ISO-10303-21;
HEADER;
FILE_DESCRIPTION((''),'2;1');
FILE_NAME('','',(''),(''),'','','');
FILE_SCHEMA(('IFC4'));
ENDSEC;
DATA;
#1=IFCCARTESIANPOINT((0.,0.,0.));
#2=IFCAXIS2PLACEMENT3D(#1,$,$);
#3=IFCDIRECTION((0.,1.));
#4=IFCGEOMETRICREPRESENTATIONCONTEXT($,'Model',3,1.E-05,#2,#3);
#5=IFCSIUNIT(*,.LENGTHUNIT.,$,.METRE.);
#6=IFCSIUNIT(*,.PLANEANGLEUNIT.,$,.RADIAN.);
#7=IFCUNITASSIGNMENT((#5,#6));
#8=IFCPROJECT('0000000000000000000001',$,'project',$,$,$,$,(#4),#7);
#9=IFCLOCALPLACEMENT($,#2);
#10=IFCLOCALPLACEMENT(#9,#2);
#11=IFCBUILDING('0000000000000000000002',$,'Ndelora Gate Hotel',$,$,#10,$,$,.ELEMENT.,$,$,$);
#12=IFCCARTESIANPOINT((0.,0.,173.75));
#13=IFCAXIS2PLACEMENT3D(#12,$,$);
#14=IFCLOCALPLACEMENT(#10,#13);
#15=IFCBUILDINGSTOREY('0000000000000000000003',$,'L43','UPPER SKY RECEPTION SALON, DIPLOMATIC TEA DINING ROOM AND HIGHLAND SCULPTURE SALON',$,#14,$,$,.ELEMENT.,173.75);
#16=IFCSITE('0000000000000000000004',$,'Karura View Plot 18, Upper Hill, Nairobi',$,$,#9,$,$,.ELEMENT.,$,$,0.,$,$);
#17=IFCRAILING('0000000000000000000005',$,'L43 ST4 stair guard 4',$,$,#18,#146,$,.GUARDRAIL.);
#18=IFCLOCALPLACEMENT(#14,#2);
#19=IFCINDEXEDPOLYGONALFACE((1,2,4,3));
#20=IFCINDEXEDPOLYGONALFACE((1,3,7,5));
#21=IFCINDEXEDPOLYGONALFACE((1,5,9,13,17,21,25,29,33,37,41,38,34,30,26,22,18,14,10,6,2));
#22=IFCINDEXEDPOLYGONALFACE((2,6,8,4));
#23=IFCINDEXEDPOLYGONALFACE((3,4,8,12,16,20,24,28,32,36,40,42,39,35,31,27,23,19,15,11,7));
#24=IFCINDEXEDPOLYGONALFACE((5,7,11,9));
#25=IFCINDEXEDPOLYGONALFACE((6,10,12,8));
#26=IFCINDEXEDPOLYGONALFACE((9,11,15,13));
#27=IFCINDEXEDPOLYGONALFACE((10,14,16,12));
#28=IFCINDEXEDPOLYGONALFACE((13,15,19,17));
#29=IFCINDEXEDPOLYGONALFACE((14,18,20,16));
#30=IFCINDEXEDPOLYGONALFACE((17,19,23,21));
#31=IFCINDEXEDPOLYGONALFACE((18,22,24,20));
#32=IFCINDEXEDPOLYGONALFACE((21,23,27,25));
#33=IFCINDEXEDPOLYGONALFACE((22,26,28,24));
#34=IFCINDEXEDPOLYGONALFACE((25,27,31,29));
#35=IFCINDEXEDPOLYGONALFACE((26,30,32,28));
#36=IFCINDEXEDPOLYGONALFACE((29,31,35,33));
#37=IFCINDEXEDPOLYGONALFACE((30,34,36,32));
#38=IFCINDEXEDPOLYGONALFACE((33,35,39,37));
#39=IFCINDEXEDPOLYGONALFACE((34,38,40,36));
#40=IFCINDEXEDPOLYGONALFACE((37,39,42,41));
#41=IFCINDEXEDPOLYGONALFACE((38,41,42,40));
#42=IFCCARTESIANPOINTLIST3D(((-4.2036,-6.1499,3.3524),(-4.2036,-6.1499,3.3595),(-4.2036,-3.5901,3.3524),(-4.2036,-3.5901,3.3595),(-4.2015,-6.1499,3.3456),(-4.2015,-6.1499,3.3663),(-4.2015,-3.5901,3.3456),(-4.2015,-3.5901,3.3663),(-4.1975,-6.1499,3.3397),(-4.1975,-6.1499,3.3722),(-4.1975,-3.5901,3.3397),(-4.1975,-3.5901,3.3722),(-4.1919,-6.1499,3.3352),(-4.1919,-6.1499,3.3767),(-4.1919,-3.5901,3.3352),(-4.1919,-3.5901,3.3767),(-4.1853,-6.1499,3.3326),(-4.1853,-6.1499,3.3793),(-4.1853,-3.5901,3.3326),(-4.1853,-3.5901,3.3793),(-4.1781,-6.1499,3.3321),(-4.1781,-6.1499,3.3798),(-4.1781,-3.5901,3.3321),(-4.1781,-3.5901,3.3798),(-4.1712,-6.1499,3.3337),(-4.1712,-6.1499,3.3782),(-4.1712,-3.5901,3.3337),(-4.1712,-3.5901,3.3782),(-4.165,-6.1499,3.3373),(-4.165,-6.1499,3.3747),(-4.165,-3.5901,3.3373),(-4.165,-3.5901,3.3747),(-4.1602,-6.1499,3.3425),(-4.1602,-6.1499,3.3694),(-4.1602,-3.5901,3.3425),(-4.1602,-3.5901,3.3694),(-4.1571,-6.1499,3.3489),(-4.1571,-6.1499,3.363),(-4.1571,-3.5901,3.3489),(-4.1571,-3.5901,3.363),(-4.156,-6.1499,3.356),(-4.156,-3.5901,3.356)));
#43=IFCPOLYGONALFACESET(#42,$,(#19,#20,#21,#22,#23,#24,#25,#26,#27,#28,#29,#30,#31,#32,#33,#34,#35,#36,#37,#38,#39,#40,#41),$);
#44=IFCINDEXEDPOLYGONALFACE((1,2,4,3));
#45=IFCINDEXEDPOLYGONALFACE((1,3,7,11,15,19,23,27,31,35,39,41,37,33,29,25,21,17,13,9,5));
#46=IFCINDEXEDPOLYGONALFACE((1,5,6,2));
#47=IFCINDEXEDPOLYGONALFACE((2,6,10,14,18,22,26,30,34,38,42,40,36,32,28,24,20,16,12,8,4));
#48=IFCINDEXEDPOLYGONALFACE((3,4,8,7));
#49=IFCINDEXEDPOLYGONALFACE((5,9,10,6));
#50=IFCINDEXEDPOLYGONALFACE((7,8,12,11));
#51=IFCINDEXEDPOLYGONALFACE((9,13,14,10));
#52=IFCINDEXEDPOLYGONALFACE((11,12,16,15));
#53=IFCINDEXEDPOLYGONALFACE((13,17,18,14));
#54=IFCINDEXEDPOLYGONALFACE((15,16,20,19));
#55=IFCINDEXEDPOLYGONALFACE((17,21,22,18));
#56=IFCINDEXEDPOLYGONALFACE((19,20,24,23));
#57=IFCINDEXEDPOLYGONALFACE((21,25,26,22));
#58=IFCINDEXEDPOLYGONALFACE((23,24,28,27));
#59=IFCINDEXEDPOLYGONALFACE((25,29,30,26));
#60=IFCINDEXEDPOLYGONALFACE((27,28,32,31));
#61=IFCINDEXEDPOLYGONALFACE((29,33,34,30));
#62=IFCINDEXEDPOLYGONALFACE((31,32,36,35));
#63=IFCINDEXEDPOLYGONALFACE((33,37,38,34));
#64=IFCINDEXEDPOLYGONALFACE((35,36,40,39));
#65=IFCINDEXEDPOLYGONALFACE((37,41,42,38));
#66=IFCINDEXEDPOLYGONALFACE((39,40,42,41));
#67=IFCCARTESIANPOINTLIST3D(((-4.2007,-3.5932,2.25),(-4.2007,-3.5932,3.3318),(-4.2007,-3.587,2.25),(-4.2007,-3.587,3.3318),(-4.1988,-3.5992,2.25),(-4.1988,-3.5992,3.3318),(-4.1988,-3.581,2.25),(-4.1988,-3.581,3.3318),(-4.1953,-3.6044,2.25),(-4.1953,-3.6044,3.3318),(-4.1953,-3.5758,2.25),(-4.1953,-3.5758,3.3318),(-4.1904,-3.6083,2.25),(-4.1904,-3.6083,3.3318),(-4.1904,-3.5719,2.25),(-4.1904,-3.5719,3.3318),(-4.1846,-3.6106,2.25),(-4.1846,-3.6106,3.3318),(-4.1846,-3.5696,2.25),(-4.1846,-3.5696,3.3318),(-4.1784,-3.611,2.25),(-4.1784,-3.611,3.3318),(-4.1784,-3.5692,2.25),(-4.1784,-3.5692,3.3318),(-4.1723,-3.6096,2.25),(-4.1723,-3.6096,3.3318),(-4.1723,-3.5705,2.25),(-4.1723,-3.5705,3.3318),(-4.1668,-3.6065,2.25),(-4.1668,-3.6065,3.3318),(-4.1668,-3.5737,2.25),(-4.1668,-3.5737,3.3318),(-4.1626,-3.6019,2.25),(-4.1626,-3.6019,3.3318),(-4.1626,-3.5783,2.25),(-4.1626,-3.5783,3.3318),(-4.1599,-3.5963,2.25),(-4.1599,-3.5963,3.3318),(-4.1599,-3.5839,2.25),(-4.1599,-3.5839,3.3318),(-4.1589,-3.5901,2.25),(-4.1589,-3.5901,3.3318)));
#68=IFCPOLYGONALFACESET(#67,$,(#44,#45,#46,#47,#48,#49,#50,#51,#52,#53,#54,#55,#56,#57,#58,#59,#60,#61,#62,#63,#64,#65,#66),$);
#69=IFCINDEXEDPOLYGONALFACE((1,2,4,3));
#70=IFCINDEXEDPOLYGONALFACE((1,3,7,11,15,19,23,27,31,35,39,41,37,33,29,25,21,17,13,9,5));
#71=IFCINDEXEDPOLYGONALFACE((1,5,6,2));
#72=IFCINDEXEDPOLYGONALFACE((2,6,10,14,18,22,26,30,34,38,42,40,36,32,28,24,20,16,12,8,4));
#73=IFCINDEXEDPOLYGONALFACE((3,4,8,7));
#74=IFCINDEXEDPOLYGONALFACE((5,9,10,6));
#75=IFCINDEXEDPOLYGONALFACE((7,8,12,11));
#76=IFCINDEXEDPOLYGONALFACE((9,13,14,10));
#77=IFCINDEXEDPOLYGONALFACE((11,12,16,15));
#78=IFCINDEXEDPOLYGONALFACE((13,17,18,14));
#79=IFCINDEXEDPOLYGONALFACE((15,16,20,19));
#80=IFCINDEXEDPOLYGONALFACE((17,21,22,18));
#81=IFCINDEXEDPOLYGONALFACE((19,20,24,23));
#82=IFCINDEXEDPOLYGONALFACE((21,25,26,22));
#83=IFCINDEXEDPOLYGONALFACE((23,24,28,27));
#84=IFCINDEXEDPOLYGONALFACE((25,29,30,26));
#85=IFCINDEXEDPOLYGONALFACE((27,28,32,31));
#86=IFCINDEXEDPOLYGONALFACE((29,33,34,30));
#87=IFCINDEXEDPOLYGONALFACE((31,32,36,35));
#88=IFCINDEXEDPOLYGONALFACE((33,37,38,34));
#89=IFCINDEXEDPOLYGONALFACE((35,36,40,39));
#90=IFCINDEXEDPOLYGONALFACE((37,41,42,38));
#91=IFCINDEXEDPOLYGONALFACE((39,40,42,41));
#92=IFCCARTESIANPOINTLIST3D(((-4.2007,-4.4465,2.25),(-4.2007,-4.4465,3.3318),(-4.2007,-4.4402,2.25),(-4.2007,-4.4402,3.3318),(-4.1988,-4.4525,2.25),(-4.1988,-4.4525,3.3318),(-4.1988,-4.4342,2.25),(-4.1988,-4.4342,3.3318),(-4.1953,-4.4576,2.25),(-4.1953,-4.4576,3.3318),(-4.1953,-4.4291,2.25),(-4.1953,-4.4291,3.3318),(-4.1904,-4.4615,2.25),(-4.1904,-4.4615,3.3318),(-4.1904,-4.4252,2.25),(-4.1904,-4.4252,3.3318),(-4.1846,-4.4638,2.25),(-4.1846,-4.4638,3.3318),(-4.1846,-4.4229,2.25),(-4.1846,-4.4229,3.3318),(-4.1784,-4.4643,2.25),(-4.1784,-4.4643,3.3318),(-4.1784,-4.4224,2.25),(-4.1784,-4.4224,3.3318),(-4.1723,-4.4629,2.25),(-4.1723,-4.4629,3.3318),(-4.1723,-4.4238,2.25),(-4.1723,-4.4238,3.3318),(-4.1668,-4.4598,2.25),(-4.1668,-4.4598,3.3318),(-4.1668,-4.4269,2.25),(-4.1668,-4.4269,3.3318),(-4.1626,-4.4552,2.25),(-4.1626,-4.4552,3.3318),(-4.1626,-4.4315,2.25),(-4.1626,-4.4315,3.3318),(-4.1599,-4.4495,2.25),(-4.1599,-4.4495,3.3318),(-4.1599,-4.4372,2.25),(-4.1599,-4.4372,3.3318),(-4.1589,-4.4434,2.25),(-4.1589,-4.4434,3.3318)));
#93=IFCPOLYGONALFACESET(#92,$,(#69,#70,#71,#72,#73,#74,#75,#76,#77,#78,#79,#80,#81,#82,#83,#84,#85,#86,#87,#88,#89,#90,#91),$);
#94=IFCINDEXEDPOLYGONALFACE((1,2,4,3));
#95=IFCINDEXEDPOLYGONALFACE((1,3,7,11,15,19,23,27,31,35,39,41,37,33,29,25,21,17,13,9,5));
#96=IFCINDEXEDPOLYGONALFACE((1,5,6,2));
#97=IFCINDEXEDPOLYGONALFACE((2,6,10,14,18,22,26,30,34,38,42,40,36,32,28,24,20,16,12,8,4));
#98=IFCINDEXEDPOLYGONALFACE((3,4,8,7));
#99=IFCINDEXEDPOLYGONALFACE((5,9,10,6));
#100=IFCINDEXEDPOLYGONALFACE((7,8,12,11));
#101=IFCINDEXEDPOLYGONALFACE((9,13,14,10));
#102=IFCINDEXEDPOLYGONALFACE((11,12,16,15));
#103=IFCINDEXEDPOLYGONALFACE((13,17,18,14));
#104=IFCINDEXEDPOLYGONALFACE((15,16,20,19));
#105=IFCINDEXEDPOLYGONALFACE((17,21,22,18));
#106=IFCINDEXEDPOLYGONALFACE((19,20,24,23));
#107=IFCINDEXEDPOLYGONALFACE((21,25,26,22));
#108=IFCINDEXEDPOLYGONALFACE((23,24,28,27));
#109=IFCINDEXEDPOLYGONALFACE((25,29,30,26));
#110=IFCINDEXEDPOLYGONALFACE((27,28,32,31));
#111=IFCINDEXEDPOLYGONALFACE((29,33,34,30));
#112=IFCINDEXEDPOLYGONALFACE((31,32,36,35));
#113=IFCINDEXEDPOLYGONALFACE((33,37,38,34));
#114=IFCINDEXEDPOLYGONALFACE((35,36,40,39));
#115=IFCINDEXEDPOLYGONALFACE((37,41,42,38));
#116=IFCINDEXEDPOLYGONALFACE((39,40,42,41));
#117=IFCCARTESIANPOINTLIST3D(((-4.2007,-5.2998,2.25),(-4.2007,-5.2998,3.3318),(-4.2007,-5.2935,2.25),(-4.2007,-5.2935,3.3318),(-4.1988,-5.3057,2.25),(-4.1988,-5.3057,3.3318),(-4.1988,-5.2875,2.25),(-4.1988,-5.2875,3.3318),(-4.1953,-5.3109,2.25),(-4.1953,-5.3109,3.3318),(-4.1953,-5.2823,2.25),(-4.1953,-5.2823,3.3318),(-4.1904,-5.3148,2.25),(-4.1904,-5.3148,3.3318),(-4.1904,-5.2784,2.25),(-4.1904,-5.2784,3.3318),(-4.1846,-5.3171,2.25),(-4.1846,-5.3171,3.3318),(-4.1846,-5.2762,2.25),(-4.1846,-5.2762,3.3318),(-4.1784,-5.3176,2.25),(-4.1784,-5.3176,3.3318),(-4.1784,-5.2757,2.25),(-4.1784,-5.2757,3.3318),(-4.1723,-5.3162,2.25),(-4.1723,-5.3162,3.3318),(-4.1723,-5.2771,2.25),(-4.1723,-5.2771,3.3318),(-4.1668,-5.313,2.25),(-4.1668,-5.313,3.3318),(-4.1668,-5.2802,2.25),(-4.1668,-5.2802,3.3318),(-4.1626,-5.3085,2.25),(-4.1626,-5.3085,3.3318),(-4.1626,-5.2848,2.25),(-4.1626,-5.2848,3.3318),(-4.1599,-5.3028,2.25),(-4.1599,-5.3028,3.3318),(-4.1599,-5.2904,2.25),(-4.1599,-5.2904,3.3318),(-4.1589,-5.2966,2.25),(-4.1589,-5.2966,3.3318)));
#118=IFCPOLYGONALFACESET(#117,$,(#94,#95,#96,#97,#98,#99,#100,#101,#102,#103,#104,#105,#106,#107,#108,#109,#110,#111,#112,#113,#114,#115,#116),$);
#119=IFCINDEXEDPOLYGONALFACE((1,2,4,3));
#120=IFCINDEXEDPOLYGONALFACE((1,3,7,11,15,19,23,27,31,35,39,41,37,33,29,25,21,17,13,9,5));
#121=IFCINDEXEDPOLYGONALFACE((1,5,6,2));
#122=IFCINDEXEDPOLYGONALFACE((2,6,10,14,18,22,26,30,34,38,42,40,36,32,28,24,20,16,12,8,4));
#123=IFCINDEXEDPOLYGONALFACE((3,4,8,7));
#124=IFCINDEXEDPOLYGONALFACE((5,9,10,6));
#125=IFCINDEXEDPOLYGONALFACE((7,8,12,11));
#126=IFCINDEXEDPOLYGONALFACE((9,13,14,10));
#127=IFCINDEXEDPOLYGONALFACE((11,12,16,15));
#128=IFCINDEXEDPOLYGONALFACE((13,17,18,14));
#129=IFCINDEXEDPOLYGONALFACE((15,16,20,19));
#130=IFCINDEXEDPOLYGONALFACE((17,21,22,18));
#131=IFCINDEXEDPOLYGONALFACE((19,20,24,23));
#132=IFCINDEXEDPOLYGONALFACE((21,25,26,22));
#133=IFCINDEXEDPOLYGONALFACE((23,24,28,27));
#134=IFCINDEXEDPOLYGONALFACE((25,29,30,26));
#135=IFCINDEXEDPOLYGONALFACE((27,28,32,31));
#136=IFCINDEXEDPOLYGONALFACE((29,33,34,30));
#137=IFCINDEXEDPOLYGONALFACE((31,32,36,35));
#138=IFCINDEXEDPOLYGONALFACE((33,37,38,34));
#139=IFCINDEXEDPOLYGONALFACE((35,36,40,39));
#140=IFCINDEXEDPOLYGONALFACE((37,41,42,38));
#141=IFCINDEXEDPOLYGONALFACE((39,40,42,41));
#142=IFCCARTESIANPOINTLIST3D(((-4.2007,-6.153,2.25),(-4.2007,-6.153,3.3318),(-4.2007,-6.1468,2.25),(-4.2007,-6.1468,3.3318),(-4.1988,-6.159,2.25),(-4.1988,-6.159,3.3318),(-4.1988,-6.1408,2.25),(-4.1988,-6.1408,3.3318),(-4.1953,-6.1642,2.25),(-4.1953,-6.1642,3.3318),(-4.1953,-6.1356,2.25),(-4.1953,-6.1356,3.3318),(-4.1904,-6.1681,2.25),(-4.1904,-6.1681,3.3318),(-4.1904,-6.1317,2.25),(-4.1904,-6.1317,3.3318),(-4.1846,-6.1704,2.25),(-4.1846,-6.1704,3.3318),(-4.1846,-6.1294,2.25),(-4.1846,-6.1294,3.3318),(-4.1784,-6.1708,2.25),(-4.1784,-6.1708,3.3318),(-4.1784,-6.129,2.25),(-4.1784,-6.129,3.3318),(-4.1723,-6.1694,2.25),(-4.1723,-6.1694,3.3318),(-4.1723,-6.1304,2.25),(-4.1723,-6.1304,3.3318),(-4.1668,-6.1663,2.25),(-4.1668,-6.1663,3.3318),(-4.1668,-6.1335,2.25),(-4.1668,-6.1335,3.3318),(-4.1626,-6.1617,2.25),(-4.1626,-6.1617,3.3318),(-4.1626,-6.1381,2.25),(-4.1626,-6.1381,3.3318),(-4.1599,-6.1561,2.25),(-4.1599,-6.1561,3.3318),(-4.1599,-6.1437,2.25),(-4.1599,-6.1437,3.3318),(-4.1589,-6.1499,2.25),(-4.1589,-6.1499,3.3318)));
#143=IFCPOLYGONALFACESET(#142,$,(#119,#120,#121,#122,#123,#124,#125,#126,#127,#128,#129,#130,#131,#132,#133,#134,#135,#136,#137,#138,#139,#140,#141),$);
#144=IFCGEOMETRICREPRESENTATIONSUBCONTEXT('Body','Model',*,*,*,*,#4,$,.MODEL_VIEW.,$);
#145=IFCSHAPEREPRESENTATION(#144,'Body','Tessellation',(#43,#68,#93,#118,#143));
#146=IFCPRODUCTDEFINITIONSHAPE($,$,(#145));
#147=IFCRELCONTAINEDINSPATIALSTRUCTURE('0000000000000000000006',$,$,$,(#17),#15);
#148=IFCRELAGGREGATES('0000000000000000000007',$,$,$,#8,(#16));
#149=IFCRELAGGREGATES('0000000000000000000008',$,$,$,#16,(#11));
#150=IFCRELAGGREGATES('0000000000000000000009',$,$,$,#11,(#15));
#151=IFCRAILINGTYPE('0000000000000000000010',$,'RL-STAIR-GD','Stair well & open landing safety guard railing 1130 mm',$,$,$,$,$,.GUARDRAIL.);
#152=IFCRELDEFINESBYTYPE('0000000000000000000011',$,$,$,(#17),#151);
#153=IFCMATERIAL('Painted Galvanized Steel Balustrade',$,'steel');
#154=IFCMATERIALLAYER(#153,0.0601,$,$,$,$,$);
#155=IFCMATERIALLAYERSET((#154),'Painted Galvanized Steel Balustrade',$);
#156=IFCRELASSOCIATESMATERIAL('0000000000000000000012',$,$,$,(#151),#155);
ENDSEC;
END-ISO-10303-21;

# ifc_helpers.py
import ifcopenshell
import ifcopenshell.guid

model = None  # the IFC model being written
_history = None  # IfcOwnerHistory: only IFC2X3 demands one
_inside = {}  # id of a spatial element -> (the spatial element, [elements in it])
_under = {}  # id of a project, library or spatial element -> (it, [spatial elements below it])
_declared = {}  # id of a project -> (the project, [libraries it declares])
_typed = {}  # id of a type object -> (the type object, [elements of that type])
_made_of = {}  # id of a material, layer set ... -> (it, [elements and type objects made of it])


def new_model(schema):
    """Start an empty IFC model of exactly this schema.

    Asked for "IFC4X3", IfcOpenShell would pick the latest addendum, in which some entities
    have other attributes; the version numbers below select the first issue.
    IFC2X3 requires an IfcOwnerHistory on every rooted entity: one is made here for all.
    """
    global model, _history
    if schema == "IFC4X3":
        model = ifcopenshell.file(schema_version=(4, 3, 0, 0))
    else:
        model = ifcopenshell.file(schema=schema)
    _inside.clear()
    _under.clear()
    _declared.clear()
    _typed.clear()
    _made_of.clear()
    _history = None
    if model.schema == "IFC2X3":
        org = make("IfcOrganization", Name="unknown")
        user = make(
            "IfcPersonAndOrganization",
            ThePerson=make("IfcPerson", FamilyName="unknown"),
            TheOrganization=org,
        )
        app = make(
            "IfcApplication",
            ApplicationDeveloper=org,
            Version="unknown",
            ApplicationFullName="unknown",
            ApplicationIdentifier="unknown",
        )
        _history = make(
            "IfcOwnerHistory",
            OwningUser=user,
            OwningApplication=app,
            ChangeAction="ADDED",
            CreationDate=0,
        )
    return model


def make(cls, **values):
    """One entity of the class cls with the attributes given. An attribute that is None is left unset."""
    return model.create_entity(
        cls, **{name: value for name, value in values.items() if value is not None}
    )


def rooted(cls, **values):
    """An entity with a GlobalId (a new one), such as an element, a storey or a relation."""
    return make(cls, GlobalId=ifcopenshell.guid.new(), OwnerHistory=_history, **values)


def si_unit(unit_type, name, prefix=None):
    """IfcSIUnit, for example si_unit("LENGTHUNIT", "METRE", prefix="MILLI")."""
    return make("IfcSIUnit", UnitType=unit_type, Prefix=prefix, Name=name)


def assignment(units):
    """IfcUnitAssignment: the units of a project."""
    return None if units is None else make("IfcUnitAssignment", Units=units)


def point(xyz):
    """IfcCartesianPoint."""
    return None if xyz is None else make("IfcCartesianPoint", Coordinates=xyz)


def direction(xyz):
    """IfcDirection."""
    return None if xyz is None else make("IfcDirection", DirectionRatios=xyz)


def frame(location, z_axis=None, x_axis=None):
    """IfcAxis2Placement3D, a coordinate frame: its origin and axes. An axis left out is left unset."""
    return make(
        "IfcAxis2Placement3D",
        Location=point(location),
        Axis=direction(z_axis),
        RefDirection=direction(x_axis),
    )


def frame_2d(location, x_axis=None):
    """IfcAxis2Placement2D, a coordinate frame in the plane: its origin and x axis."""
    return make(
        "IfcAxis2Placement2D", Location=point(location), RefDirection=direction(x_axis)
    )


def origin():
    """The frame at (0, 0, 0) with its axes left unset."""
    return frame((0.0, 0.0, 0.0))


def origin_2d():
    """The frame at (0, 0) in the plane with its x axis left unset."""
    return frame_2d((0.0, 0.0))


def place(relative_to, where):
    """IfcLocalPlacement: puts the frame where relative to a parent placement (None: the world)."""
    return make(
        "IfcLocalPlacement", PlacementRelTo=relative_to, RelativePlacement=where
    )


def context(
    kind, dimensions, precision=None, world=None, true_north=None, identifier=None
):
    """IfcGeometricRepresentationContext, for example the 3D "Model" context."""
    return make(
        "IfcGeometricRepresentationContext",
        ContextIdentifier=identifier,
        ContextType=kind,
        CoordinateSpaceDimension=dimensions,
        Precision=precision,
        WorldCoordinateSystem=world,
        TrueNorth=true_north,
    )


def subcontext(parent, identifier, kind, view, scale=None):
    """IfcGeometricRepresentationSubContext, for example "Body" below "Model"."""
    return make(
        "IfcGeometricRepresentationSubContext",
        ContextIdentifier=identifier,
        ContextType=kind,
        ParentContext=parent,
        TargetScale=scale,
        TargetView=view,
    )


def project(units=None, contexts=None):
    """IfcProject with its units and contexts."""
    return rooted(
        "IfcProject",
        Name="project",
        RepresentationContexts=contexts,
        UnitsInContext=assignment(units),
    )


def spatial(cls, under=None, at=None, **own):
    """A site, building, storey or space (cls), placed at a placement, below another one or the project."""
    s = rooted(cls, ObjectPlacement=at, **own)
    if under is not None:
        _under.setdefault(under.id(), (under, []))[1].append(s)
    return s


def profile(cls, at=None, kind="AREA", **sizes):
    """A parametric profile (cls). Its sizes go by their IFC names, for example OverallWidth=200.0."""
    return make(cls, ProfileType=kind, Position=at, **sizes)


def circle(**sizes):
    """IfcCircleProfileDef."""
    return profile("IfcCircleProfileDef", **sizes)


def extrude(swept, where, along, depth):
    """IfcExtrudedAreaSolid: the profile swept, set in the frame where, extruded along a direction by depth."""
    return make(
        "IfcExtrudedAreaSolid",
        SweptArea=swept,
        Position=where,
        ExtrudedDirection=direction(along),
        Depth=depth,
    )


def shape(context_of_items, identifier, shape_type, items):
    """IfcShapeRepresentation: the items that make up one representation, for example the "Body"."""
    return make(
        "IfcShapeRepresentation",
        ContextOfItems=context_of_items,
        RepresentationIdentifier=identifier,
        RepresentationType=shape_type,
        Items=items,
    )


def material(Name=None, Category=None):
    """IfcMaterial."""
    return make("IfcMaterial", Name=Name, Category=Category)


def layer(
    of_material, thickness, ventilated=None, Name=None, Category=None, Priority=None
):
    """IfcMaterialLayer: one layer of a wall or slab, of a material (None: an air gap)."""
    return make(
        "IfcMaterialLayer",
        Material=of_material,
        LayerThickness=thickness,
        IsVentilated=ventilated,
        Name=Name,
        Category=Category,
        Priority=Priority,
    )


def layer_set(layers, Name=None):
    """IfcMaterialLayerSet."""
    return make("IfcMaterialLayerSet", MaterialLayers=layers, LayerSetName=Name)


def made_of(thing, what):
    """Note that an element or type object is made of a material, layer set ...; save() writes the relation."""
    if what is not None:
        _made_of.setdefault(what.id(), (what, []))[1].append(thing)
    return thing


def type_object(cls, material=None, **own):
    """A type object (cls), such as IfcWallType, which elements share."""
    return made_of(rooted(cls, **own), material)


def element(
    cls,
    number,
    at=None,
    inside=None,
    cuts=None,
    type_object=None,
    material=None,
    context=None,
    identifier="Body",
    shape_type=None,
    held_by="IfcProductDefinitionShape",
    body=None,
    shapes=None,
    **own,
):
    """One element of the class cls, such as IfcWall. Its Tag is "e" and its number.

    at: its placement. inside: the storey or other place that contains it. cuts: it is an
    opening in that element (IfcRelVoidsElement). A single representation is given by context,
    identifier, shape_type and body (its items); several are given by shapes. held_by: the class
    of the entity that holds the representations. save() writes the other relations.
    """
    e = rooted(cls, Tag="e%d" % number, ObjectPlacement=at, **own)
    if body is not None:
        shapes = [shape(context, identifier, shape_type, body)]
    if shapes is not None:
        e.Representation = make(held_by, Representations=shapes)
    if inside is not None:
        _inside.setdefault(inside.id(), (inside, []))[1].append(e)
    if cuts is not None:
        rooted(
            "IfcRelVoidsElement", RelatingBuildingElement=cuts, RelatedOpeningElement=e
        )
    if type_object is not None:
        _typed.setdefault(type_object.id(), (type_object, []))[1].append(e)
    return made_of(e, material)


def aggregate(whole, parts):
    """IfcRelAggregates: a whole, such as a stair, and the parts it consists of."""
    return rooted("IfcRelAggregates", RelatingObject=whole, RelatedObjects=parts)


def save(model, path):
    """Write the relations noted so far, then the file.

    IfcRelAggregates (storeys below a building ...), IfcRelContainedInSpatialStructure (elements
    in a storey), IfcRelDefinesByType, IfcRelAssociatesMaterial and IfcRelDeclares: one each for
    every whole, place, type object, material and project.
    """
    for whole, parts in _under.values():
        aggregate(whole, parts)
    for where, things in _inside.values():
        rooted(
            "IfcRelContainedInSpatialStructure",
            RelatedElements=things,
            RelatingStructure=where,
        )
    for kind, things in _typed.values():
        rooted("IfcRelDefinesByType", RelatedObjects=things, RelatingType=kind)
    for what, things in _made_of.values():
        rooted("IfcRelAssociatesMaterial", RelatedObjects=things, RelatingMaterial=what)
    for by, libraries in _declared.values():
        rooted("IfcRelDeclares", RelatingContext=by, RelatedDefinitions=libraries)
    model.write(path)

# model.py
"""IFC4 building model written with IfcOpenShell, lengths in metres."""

from ifc_helpers import new_model, si_unit, direction, frame, origin, origin_2d, place, context, subcontext, project, spatial, circle, extrude, material, layer, layer_set, type_object, element, save


model = new_model("IFC4")

# Units and contexts
model_context = context("Model", 3, precision=1e-05, world=origin(), true_north=direction((0.0, 1.0)))
body_context = subcontext(model_context, "Body", "Model", "MODEL_VIEW")
ifc_project = project(units=[si_unit("LENGTHUNIT", "METRE"), si_unit("PLANEANGLEUNIT", "RADIAN")], contexts=[model_context])

# Site, building, storey
site_placement = place(None, origin())
site = spatial("IfcSite", under=ifc_project, at=site_placement, Name="Karura View Plot 18, Upper Hill, Nairobi", CompositionType="ELEMENT", RefElevation=0.0)
building_placement = place(site_placement, origin())
building = spatial("IfcBuilding", under=site, at=building_placement, Name="Ndelora Gate Hotel", CompositionType="ELEMENT")
storey_placement = place(building_placement, frame((0.0, 0.0, 173.75)))
storey = spatial("IfcBuildingStorey", under=building, at=storey_placement, Name="L43", Description="UPPER SKY RECEPTION SALON, DIPLOMATIC TEA DINING ROOM AND HIGHLAND SCULPTURE SALON", CompositionType="ELEMENT", Elevation=173.75)

# Railing
ifc_material_1 = material(Name="Painted Galvanized Steel Balustrade", Category="steel")
ifc_layer_1 = layer(ifc_material_1, 0.0601)
ifc_layer_set_1 = layer_set([ifc_layer_1], Name="Painted Galvanized Steel Balustrade")
railing_type_1 = type_object("IfcRailingType", Name="RL-STAIR-GD", Description="Stair well & open landing safety guard railing 1130 mm", PredefinedType="GUARDRAIL", material=ifc_layer_set_1)
for number, where, name in (
    (1, (-4.1799, -3.5901, 2.25), "L43 ST4 stair guard 4"),
):
    element("IfcRailing", number, at=place(storey_placement, frame(where)), inside=storey, type_object=railing_type_1, Name=name, PredefinedType="GUARDRAIL", context=body_context, shape_type="SweptSolid", body=[
        extrude(circle(Radius=0.0239, at=origin_2d()), frame((0.0, 0.0, 1.106), z_axis=(0.0, -1.0, 0.0), x_axis=(1.0, 0.0, 0.0)), (0.0, 0.0, 1.0), 2.5598),
        extrude(circle(Radius=0.021, at=origin_2d()), origin(), (0.0, 0.0, 1.0), 1.0818),
        extrude(circle(Radius=0.021, at=origin_2d()), frame((0.0, -0.8533, 0.0)), (0.0, 0.0, 1.0), 1.0818),
        extrude(circle(Radius=0.021, at=origin_2d()), frame((0.0, -1.7065, 0.0)), (0.0, 0.0, 1.0), 1.0818),
        extrude(circle(Radius=0.021, at=origin_2d()), frame((0.0, -2.5598, 0.0)), (0.0, 0.0, 1.0), 1.0818),
    ])

save(model, "model.ifc")
